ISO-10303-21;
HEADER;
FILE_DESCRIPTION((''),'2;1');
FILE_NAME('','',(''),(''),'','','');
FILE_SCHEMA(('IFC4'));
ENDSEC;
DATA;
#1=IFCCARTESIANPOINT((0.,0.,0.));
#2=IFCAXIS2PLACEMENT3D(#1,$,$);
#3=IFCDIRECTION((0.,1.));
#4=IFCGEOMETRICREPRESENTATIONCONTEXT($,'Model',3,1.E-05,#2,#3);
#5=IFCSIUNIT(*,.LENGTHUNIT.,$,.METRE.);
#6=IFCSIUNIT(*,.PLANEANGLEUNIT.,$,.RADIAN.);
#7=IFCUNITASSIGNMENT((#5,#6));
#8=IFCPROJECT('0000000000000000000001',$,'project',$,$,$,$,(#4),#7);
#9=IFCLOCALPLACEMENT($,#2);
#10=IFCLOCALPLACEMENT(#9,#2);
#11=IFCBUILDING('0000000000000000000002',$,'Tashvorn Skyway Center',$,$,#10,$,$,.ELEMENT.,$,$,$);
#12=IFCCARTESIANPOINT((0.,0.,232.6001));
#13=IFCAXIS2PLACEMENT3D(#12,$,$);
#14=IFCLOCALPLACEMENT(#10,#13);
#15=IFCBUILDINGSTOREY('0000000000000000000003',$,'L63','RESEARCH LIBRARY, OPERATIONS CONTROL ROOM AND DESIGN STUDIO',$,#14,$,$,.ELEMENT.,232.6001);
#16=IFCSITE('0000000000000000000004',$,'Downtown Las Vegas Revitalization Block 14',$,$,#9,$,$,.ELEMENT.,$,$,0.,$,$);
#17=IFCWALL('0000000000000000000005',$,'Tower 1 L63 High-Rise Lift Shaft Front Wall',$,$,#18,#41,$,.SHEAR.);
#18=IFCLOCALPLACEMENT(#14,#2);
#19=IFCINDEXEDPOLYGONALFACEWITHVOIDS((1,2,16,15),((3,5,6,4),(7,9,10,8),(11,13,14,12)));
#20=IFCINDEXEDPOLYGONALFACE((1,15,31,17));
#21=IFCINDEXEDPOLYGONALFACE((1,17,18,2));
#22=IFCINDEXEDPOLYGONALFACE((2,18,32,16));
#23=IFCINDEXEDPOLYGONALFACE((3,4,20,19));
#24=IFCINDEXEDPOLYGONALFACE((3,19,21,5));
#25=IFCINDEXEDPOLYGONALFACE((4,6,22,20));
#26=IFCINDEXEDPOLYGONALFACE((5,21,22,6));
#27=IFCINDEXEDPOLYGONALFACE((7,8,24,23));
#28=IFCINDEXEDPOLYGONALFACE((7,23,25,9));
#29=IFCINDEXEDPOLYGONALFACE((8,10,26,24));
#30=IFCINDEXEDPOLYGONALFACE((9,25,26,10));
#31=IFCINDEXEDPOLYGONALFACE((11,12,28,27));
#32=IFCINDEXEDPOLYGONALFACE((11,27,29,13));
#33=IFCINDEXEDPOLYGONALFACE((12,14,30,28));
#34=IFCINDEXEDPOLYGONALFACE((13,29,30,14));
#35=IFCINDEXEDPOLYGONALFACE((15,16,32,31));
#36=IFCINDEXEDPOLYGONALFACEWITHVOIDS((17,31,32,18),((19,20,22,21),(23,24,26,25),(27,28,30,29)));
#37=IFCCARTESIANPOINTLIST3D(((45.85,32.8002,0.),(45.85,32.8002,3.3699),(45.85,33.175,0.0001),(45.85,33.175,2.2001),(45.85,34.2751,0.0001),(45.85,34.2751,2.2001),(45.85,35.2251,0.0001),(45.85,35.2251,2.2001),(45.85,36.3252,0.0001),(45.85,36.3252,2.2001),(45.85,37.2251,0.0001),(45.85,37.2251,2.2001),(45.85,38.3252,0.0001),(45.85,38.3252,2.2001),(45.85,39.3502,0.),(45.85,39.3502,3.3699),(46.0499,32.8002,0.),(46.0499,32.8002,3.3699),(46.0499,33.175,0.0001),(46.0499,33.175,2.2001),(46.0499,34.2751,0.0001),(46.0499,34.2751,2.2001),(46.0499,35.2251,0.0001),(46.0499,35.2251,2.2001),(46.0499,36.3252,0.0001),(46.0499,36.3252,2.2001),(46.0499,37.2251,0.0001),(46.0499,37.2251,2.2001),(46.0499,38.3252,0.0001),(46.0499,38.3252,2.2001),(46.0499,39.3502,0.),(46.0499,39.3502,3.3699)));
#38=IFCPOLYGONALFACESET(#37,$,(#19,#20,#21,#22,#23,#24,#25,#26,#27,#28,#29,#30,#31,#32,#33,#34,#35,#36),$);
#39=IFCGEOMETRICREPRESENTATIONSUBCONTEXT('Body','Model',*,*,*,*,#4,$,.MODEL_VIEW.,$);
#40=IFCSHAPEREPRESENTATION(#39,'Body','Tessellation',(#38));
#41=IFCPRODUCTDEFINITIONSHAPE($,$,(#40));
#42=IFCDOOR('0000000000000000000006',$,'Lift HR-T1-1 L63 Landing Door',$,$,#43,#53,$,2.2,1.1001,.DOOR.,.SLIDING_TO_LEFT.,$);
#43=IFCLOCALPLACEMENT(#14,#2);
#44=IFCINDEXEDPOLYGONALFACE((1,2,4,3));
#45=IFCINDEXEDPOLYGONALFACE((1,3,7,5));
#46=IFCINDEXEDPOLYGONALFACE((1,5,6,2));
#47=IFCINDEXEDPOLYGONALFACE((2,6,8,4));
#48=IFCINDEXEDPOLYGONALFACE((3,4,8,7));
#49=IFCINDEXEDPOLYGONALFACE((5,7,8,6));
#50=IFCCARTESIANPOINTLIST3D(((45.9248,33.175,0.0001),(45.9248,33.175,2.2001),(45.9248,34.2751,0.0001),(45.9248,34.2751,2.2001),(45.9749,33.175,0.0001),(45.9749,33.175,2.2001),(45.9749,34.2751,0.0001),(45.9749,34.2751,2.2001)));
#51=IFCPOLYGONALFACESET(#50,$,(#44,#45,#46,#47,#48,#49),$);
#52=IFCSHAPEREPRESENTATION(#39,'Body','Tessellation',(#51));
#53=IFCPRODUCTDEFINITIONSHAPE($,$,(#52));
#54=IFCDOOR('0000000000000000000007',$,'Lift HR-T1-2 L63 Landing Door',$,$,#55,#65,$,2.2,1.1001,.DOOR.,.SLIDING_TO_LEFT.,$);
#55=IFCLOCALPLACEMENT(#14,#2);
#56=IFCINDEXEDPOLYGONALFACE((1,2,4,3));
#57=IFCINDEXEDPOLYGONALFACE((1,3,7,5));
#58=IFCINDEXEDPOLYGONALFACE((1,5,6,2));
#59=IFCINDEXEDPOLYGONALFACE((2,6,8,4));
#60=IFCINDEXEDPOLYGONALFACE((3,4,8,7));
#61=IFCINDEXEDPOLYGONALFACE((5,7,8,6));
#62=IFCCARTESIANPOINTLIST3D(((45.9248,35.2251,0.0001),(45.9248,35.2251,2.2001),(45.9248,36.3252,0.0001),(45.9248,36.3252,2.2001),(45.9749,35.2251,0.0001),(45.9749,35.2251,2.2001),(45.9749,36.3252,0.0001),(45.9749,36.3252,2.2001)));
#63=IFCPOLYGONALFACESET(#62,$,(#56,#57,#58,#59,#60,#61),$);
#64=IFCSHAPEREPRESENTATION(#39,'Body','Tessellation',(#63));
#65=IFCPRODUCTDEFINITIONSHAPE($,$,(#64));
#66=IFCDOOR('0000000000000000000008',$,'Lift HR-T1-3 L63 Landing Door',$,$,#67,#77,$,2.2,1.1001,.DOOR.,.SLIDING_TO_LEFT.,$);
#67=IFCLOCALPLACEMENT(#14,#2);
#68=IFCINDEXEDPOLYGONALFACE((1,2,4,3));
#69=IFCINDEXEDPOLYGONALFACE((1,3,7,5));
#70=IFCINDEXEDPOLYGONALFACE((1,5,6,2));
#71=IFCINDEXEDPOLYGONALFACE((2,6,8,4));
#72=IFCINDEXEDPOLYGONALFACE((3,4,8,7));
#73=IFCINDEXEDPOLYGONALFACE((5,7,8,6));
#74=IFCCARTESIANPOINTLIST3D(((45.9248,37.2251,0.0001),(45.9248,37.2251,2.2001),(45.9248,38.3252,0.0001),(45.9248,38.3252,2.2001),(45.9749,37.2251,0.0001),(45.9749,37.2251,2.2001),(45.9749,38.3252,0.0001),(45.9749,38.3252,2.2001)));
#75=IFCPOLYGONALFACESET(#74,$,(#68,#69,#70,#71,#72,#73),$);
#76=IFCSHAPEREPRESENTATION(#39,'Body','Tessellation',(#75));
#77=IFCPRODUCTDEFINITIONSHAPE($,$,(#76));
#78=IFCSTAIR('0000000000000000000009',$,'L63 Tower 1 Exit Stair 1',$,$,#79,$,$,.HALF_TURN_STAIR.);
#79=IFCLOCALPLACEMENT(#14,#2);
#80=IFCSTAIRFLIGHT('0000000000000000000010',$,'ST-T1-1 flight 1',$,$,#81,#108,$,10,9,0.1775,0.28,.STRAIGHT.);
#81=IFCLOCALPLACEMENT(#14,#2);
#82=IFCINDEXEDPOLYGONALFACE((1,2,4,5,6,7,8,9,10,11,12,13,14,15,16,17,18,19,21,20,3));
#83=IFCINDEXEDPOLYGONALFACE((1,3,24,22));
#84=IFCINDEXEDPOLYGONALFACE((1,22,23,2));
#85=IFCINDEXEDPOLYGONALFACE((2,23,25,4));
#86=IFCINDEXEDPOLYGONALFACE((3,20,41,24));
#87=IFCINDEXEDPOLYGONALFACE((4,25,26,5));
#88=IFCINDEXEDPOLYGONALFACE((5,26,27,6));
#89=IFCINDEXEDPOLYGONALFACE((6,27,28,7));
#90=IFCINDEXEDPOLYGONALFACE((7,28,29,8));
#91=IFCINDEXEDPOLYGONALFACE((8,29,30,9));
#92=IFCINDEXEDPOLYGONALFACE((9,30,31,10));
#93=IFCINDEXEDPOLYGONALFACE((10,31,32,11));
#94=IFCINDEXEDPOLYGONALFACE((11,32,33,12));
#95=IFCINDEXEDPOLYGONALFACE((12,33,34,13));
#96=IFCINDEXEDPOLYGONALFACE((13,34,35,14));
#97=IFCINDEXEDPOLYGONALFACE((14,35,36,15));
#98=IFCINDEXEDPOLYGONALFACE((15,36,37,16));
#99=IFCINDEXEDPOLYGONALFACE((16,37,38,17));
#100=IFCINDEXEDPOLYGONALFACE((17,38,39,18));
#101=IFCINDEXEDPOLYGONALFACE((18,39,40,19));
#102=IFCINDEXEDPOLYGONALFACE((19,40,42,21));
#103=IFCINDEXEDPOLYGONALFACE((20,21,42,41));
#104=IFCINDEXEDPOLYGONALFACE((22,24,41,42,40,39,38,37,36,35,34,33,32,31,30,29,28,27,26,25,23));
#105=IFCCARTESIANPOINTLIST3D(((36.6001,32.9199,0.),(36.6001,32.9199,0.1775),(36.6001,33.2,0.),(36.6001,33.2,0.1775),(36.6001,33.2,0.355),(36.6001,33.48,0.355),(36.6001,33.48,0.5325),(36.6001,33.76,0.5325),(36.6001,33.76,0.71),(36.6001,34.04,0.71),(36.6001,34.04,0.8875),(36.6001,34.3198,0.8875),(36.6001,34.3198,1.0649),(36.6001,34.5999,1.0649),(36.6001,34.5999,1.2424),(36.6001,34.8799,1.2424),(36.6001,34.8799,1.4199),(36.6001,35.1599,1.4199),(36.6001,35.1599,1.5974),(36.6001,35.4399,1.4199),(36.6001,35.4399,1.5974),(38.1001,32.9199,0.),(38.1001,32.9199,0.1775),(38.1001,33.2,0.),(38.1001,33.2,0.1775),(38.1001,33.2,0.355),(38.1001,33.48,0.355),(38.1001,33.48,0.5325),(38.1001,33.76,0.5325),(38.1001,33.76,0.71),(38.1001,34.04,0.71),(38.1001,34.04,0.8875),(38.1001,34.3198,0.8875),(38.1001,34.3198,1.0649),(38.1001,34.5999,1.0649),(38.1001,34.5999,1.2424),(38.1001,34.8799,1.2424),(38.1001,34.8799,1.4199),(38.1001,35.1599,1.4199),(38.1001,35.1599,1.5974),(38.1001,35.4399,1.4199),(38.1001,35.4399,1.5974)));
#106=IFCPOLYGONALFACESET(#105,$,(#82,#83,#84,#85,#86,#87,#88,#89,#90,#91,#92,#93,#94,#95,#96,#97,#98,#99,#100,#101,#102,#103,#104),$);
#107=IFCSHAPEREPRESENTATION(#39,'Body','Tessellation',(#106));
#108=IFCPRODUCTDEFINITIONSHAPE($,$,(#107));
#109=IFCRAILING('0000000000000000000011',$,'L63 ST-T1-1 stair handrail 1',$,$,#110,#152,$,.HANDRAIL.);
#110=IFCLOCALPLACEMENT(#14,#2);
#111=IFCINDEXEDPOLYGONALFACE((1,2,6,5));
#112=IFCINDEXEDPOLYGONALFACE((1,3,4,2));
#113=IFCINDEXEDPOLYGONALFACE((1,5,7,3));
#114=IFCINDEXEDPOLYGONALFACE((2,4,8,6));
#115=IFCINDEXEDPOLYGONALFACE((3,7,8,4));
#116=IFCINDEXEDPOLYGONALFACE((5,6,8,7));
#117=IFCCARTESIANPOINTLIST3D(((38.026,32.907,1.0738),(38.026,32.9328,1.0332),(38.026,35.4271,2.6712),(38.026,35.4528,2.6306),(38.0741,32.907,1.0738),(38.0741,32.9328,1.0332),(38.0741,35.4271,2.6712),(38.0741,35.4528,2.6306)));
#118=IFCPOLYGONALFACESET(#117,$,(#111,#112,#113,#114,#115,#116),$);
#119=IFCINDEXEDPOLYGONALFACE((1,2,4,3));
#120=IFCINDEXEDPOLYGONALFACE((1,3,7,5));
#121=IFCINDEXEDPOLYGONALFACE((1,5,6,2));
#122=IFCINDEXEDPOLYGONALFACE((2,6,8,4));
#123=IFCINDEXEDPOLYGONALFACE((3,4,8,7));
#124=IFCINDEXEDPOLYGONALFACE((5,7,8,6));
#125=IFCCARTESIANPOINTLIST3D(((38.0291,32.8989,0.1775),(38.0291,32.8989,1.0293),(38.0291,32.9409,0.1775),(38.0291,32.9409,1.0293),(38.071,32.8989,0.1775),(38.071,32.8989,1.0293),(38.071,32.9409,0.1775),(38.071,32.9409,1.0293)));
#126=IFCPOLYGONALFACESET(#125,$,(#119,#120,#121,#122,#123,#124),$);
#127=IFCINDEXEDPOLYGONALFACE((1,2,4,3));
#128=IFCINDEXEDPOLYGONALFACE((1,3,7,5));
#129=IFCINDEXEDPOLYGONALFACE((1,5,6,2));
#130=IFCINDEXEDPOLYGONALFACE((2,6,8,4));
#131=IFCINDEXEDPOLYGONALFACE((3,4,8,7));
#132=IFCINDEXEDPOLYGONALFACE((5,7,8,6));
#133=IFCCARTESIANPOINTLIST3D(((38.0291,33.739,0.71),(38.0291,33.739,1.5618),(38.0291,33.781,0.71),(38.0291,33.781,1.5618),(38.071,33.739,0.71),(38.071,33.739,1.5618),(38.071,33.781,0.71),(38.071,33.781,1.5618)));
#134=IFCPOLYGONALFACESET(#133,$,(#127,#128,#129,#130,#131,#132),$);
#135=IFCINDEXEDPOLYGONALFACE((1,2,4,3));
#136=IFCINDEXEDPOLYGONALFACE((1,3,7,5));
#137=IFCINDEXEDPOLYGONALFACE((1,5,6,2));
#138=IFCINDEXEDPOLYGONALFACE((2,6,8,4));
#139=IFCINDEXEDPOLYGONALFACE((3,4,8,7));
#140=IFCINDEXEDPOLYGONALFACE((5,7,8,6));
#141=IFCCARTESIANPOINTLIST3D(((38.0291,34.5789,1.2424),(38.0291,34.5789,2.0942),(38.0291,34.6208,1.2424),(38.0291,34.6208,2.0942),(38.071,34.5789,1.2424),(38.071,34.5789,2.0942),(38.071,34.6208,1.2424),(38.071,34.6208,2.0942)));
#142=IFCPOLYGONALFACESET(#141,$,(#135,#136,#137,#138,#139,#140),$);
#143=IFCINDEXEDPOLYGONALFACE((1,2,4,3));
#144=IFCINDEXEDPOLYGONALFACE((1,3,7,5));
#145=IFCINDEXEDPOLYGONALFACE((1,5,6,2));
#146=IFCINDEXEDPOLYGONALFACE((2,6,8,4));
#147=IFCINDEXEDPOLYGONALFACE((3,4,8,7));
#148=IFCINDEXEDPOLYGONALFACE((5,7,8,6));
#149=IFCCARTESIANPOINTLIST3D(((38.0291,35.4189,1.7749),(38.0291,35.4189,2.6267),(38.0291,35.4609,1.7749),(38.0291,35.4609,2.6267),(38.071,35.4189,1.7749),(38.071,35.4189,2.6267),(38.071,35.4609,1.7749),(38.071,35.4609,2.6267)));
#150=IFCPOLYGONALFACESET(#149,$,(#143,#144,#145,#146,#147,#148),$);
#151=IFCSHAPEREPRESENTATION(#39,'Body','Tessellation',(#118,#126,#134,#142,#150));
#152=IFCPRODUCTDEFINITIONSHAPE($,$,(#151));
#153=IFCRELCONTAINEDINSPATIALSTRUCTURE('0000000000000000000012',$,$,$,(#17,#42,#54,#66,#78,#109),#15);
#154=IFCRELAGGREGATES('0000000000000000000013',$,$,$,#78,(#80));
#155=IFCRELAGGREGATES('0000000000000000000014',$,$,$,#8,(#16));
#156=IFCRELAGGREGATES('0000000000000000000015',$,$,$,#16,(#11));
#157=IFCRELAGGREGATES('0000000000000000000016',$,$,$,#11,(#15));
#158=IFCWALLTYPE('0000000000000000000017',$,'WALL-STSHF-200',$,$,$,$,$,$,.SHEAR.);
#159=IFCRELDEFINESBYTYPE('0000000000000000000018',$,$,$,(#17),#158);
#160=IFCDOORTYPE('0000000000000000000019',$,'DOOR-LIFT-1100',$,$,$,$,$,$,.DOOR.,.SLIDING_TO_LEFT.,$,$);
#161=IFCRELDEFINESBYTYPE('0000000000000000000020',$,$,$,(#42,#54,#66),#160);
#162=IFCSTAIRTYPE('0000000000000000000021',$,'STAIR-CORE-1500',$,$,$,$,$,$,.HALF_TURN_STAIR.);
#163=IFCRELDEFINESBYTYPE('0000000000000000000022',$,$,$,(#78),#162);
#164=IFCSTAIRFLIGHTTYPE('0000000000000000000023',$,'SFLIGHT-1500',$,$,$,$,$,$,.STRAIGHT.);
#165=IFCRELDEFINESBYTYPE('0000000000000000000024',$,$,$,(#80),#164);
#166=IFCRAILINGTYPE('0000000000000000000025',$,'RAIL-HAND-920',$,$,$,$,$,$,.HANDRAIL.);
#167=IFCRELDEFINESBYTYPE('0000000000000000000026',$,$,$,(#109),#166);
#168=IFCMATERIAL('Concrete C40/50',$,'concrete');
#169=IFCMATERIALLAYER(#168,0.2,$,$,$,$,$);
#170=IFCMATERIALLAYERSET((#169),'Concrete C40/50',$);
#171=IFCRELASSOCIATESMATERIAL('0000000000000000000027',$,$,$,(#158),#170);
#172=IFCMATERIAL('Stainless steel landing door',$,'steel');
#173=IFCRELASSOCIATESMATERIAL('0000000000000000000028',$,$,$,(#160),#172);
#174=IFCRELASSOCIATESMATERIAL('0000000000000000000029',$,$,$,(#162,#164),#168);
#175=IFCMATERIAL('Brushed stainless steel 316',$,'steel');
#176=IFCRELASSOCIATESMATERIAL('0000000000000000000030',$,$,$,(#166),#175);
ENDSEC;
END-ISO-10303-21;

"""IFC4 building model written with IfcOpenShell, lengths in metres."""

from ifc_helpers import new_model, si_unit, direction, frame, frame_2d, origin, origin_2d, place, context, subcontext, project, spatial, polyline, rectangle, outline, extrude, material, layer, layer_set, type_object, element, fill, aggregate, save


model = new_model("IFC4")

# Units and contexts
model_context = context("Model", 3, precision=1e-05, world=origin(), true_north=direction((0.0, 1.0)))
body_context = subcontext(model_context, "Body", "Model", "MODEL_VIEW")
ifc_project = project(units=[si_unit("LENGTHUNIT", "METRE"), si_unit("PLANEANGLEUNIT", "RADIAN")], contexts=[model_context])

# Site, building, storey
site_placement = place(None, origin())
site = spatial("IfcSite", under=ifc_project, at=site_placement, Name="Downtown Las Vegas Revitalization Block 14", CompositionType="ELEMENT", RefElevation=0.0)
building_placement = place(site_placement, origin())
building = spatial("IfcBuilding", under=site, at=building_placement, Name="Tashvorn Skyway Center", CompositionType="ELEMENT")
storey_placement = place(building_placement, frame((0.0, 0.0, 232.6001)))
storey = spatial("IfcBuildingStorey", under=building, at=storey_placement, Name="L63", Description="RESEARCH LIBRARY, OPERATIONS CONTROL ROOM AND DESIGN STUDIO", CompositionType="ELEMENT", Elevation=232.6001)

# Shared definitions
ifc_material_1 = material(Name="Concrete C40/50", Category="concrete")

# Shared definitions
ifc_layer_1 = layer(ifc_material_1, 0.2)
ifc_layer_set_1 = layer_set([ifc_layer_1], Name="Concrete C40/50")
wall_type_1 = type_object("IfcWallType", Name="WALL-STSHF-200", PredefinedType="SHEAR", material=ifc_layer_set_1)

# Wall, openings, doors
wall_1_placement = place(storey_placement, frame((45.95, 39.3501, 0.0), z_axis=(0.0, 0.0, 1.0), x_axis=(0.0, -1.0, 0.0)))
wall_1 = element("IfcWall", 1, at=wall_1_placement, inside=storey, type_object=wall_type_1, Name="Tower 1 L63 High-Rise Lift Shaft Front Wall", PredefinedType="SHEAR", context=body_context, shape_type="SweptSolid", body=[
    extrude(rectangle(XDim=6.55, YDim=0.2, at=frame_2d((3.2749, 0.0))), origin(), (0.0, 0.0, 1.0), 3.3699),
])
opening_1_placement = place(wall_1_placement, frame((5.075, 0.0, 0.0)))
opening_1 = element("IfcOpeningElement", 2, at=opening_1_placement, cuts=wall_1, PredefinedType="OPENING", context=body_context, shape_type="SweptSolid", body=[
    extrude(rectangle(XDim=1.1001, YDim=2.2, at=frame_2d((0.55, 1.1001))), frame((0.0, 0.1099, 0.0), z_axis=(0.0, -1.0, 0.0), x_axis=(1.0, 0.0, 0.0)), (0.0, 0.0, 1.0), 0.22),
])
opening_2_placement = place(wall_1_placement, frame((3.0249, 0.0, 0.0)))
opening_2 = element("IfcOpeningElement", 3, at=opening_2_placement, cuts=wall_1, PredefinedType="OPENING", context=body_context, shape_type="SweptSolid", body=[
    extrude(rectangle(XDim=1.1001, YDim=2.2, at=frame_2d((0.55, 1.1001))), frame((0.0, 0.1099, 0.0), z_axis=(0.0, -1.0, 0.0), x_axis=(1.0, 0.0, 0.0)), (0.0, 0.0, 1.0), 0.22),
])
opening_3_placement = place(wall_1_placement, frame((1.0249, 0.0, 0.0)))
opening_3 = element("IfcOpeningElement", 4, at=opening_3_placement, cuts=wall_1, PredefinedType="OPENING", context=body_context, shape_type="SweptSolid", body=[
    extrude(rectangle(XDim=1.1001, YDim=2.2, at=frame_2d((0.55, 1.1001))), frame((0.0, 0.1099, 0.0), z_axis=(0.0, -1.0, 0.0), x_axis=(1.0, 0.0, 0.0)), (0.0, 0.0, 1.0), 0.22),
])
ifc_material_2 = material(Name="Stainless steel landing door", Category="steel")
door_type_1 = type_object("IfcDoorType", Name="DOOR-LIFT-1100", OperationType="SLIDING_TO_LEFT", PredefinedType="DOOR", material=ifc_material_2)
door_1_placement = place(opening_1_placement, origin())
door_1 = element("IfcDoor", 5, at=door_1_placement, inside=storey, type_object=door_type_1, Name="Lift HR-T1-1 L63 Landing Door", OperationType="SLIDING_TO_LEFT", OverallHeight=2.2, OverallWidth=1.1001, PredefinedType="DOOR", context=body_context, shape_type="SweptSolid", body=[
    extrude(rectangle(XDim=1.1001, YDim=2.2, at=frame_2d((0.55, 1.1001))), frame((0.0, 0.0249, 0.0), z_axis=(0.0, -1.0, 0.0), x_axis=(1.0, 0.0, 0.0)), (0.0, 0.0, 1.0), 0.05),
])
fill(opening_1, door_1)
door_2_placement = place(opening_2_placement, origin())
door_2 = element("IfcDoor", 6, at=door_2_placement, inside=storey, type_object=door_type_1, Name="Lift HR-T1-2 L63 Landing Door", OperationType="SLIDING_TO_LEFT", OverallHeight=2.2, OverallWidth=1.1001, PredefinedType="DOOR", context=body_context, shape_type="SweptSolid", body=[
    extrude(rectangle(XDim=1.1001, YDim=2.2, at=frame_2d((0.55, 1.1001))), frame((0.0, 0.0249, 0.0), z_axis=(0.0, -1.0, 0.0), x_axis=(1.0, 0.0, 0.0)), (0.0, 0.0, 1.0), 0.05),
])
fill(opening_2, door_2)
door_3_placement = place(opening_3_placement, origin())
door_3 = element("IfcDoor", 7, at=door_3_placement, inside=storey, type_object=door_type_1, Name="Lift HR-T1-3 L63 Landing Door", OperationType="SLIDING_TO_LEFT", OverallHeight=2.2, OverallWidth=1.1001, PredefinedType="DOOR", context=body_context, shape_type="SweptSolid", body=[
    extrude(rectangle(XDim=1.1001, YDim=2.2, at=frame_2d((0.55, 1.1001))), frame((0.0, 0.0249, 0.0), z_axis=(0.0, -1.0, 0.0), x_axis=(1.0, 0.0, 0.0)), (0.0, 0.0, 1.0), 0.05),
])
fill(opening_3, door_3)

# Stair, stair flight
stair_type = type_object("IfcStairType", Name="STAIR-CORE-1500", PredefinedType="HALF_TURN_STAIR", material=ifc_material_1)
stair_placement = place(storey_placement, origin())
stair = element("IfcStair", 8, at=stair_placement, inside=storey, type_object=stair_type, Name="L63 Tower 1 Exit Stair 1", PredefinedType="HALF_TURN_STAIR")
stair_flight_type = type_object("IfcStairFlightType", Name="SFLIGHT-1500", PredefinedType="STRAIGHT", material=ifc_material_1)
stair_flight_placement = place(storey_placement, frame((37.3501, 32.9199, 0.0), z_axis=(0.0, 0.0, 1.0), x_axis=(0.0, 1.0, 0.0)))
stair_flight = element("IfcStairFlight", 9, at=stair_flight_placement, type_object=stair_flight_type, Name="ST-T1-1 flight 1", NumberOfRisers=10, NumberOfTreads=9, PredefinedType="STRAIGHT", RiserHeight=0.1775, TreadLength=0.28, context=body_context, shape_type="SweptSolid", body=[
    extrude(outline(polyline([(0.0, 0.0), (0.0, 0.1775), (0.28, 0.1775), (0.28, 0.355), (0.5601, 0.355), (0.5601, 0.5325), (0.8401, 0.5325), (0.8401, 0.71), (1.1201, 0.71), (1.1201, 0.8875), (1.3999, 0.8875), (1.3999, 1.0649), (1.6799, 1.0649), (1.6799, 1.2424), (1.96, 1.2424), (1.96, 1.4199), (2.24, 1.4199), (2.24, 1.5974), (2.52, 1.5974), (2.52, 1.7749), (2.52, 1.4199), (0.28, 0.0), (0.0, 0.0)])), frame((0.0, 0.75, 0.0), z_axis=(0.0, -1.0, 0.0), x_axis=(1.0, 0.0, 0.0)), (0.0, 0.0, 1.0), 1.5),
])
aggregate(stair, [stair_flight])

# Railing
ifc_material_3 = material(Name="Brushed stainless steel 316", Category="steel")
railing_type = type_object("IfcRailingType", Name="RAIL-HAND-920", PredefinedType="HANDRAIL", material=ifc_material_3)
railing_placement = place(storey_placement, frame((38.05, 32.9199, 0.1775)))
element("IfcRailing", 10, at=railing_placement, inside=storey, type_object=railing_type, Name="L63 ST-T1-1 stair handrail 1", PredefinedType="HANDRAIL", context=body_context, shape_type="SweptSolid", body=[
    extrude(rectangle(XDim=0.0481, YDim=0.0481, at=origin_2d()), frame((0.0, 0.0, 0.876), z_axis=(0.0, 0.844607, 0.535387), x_axis=(-1.0, 0.0, 0.0)), (0.0, 0.0, 1.0), 2.9836),
    extrude(rectangle(XDim=0.042, YDim=0.042, at=origin_2d()), origin(), (0.0, 0.0, 1.0), 0.8518),
    extrude(rectangle(XDim=0.042, YDim=0.042, at=origin_2d()), frame((0.0, 0.8401, 0.5325)), (0.0, 0.0, 1.0), 0.8518),
    extrude(rectangle(XDim=0.042, YDim=0.042, at=origin_2d()), frame((0.0, 1.6799, 1.0649)), (0.0, 0.0, 1.0), 0.8518),
    extrude(rectangle(XDim=0.042, YDim=0.042, at=origin_2d()), frame((0.0, 2.52, 1.5974)), (0.0, 0.0, 1.0), 0.8518),
])

save(model, "model.ifc")
